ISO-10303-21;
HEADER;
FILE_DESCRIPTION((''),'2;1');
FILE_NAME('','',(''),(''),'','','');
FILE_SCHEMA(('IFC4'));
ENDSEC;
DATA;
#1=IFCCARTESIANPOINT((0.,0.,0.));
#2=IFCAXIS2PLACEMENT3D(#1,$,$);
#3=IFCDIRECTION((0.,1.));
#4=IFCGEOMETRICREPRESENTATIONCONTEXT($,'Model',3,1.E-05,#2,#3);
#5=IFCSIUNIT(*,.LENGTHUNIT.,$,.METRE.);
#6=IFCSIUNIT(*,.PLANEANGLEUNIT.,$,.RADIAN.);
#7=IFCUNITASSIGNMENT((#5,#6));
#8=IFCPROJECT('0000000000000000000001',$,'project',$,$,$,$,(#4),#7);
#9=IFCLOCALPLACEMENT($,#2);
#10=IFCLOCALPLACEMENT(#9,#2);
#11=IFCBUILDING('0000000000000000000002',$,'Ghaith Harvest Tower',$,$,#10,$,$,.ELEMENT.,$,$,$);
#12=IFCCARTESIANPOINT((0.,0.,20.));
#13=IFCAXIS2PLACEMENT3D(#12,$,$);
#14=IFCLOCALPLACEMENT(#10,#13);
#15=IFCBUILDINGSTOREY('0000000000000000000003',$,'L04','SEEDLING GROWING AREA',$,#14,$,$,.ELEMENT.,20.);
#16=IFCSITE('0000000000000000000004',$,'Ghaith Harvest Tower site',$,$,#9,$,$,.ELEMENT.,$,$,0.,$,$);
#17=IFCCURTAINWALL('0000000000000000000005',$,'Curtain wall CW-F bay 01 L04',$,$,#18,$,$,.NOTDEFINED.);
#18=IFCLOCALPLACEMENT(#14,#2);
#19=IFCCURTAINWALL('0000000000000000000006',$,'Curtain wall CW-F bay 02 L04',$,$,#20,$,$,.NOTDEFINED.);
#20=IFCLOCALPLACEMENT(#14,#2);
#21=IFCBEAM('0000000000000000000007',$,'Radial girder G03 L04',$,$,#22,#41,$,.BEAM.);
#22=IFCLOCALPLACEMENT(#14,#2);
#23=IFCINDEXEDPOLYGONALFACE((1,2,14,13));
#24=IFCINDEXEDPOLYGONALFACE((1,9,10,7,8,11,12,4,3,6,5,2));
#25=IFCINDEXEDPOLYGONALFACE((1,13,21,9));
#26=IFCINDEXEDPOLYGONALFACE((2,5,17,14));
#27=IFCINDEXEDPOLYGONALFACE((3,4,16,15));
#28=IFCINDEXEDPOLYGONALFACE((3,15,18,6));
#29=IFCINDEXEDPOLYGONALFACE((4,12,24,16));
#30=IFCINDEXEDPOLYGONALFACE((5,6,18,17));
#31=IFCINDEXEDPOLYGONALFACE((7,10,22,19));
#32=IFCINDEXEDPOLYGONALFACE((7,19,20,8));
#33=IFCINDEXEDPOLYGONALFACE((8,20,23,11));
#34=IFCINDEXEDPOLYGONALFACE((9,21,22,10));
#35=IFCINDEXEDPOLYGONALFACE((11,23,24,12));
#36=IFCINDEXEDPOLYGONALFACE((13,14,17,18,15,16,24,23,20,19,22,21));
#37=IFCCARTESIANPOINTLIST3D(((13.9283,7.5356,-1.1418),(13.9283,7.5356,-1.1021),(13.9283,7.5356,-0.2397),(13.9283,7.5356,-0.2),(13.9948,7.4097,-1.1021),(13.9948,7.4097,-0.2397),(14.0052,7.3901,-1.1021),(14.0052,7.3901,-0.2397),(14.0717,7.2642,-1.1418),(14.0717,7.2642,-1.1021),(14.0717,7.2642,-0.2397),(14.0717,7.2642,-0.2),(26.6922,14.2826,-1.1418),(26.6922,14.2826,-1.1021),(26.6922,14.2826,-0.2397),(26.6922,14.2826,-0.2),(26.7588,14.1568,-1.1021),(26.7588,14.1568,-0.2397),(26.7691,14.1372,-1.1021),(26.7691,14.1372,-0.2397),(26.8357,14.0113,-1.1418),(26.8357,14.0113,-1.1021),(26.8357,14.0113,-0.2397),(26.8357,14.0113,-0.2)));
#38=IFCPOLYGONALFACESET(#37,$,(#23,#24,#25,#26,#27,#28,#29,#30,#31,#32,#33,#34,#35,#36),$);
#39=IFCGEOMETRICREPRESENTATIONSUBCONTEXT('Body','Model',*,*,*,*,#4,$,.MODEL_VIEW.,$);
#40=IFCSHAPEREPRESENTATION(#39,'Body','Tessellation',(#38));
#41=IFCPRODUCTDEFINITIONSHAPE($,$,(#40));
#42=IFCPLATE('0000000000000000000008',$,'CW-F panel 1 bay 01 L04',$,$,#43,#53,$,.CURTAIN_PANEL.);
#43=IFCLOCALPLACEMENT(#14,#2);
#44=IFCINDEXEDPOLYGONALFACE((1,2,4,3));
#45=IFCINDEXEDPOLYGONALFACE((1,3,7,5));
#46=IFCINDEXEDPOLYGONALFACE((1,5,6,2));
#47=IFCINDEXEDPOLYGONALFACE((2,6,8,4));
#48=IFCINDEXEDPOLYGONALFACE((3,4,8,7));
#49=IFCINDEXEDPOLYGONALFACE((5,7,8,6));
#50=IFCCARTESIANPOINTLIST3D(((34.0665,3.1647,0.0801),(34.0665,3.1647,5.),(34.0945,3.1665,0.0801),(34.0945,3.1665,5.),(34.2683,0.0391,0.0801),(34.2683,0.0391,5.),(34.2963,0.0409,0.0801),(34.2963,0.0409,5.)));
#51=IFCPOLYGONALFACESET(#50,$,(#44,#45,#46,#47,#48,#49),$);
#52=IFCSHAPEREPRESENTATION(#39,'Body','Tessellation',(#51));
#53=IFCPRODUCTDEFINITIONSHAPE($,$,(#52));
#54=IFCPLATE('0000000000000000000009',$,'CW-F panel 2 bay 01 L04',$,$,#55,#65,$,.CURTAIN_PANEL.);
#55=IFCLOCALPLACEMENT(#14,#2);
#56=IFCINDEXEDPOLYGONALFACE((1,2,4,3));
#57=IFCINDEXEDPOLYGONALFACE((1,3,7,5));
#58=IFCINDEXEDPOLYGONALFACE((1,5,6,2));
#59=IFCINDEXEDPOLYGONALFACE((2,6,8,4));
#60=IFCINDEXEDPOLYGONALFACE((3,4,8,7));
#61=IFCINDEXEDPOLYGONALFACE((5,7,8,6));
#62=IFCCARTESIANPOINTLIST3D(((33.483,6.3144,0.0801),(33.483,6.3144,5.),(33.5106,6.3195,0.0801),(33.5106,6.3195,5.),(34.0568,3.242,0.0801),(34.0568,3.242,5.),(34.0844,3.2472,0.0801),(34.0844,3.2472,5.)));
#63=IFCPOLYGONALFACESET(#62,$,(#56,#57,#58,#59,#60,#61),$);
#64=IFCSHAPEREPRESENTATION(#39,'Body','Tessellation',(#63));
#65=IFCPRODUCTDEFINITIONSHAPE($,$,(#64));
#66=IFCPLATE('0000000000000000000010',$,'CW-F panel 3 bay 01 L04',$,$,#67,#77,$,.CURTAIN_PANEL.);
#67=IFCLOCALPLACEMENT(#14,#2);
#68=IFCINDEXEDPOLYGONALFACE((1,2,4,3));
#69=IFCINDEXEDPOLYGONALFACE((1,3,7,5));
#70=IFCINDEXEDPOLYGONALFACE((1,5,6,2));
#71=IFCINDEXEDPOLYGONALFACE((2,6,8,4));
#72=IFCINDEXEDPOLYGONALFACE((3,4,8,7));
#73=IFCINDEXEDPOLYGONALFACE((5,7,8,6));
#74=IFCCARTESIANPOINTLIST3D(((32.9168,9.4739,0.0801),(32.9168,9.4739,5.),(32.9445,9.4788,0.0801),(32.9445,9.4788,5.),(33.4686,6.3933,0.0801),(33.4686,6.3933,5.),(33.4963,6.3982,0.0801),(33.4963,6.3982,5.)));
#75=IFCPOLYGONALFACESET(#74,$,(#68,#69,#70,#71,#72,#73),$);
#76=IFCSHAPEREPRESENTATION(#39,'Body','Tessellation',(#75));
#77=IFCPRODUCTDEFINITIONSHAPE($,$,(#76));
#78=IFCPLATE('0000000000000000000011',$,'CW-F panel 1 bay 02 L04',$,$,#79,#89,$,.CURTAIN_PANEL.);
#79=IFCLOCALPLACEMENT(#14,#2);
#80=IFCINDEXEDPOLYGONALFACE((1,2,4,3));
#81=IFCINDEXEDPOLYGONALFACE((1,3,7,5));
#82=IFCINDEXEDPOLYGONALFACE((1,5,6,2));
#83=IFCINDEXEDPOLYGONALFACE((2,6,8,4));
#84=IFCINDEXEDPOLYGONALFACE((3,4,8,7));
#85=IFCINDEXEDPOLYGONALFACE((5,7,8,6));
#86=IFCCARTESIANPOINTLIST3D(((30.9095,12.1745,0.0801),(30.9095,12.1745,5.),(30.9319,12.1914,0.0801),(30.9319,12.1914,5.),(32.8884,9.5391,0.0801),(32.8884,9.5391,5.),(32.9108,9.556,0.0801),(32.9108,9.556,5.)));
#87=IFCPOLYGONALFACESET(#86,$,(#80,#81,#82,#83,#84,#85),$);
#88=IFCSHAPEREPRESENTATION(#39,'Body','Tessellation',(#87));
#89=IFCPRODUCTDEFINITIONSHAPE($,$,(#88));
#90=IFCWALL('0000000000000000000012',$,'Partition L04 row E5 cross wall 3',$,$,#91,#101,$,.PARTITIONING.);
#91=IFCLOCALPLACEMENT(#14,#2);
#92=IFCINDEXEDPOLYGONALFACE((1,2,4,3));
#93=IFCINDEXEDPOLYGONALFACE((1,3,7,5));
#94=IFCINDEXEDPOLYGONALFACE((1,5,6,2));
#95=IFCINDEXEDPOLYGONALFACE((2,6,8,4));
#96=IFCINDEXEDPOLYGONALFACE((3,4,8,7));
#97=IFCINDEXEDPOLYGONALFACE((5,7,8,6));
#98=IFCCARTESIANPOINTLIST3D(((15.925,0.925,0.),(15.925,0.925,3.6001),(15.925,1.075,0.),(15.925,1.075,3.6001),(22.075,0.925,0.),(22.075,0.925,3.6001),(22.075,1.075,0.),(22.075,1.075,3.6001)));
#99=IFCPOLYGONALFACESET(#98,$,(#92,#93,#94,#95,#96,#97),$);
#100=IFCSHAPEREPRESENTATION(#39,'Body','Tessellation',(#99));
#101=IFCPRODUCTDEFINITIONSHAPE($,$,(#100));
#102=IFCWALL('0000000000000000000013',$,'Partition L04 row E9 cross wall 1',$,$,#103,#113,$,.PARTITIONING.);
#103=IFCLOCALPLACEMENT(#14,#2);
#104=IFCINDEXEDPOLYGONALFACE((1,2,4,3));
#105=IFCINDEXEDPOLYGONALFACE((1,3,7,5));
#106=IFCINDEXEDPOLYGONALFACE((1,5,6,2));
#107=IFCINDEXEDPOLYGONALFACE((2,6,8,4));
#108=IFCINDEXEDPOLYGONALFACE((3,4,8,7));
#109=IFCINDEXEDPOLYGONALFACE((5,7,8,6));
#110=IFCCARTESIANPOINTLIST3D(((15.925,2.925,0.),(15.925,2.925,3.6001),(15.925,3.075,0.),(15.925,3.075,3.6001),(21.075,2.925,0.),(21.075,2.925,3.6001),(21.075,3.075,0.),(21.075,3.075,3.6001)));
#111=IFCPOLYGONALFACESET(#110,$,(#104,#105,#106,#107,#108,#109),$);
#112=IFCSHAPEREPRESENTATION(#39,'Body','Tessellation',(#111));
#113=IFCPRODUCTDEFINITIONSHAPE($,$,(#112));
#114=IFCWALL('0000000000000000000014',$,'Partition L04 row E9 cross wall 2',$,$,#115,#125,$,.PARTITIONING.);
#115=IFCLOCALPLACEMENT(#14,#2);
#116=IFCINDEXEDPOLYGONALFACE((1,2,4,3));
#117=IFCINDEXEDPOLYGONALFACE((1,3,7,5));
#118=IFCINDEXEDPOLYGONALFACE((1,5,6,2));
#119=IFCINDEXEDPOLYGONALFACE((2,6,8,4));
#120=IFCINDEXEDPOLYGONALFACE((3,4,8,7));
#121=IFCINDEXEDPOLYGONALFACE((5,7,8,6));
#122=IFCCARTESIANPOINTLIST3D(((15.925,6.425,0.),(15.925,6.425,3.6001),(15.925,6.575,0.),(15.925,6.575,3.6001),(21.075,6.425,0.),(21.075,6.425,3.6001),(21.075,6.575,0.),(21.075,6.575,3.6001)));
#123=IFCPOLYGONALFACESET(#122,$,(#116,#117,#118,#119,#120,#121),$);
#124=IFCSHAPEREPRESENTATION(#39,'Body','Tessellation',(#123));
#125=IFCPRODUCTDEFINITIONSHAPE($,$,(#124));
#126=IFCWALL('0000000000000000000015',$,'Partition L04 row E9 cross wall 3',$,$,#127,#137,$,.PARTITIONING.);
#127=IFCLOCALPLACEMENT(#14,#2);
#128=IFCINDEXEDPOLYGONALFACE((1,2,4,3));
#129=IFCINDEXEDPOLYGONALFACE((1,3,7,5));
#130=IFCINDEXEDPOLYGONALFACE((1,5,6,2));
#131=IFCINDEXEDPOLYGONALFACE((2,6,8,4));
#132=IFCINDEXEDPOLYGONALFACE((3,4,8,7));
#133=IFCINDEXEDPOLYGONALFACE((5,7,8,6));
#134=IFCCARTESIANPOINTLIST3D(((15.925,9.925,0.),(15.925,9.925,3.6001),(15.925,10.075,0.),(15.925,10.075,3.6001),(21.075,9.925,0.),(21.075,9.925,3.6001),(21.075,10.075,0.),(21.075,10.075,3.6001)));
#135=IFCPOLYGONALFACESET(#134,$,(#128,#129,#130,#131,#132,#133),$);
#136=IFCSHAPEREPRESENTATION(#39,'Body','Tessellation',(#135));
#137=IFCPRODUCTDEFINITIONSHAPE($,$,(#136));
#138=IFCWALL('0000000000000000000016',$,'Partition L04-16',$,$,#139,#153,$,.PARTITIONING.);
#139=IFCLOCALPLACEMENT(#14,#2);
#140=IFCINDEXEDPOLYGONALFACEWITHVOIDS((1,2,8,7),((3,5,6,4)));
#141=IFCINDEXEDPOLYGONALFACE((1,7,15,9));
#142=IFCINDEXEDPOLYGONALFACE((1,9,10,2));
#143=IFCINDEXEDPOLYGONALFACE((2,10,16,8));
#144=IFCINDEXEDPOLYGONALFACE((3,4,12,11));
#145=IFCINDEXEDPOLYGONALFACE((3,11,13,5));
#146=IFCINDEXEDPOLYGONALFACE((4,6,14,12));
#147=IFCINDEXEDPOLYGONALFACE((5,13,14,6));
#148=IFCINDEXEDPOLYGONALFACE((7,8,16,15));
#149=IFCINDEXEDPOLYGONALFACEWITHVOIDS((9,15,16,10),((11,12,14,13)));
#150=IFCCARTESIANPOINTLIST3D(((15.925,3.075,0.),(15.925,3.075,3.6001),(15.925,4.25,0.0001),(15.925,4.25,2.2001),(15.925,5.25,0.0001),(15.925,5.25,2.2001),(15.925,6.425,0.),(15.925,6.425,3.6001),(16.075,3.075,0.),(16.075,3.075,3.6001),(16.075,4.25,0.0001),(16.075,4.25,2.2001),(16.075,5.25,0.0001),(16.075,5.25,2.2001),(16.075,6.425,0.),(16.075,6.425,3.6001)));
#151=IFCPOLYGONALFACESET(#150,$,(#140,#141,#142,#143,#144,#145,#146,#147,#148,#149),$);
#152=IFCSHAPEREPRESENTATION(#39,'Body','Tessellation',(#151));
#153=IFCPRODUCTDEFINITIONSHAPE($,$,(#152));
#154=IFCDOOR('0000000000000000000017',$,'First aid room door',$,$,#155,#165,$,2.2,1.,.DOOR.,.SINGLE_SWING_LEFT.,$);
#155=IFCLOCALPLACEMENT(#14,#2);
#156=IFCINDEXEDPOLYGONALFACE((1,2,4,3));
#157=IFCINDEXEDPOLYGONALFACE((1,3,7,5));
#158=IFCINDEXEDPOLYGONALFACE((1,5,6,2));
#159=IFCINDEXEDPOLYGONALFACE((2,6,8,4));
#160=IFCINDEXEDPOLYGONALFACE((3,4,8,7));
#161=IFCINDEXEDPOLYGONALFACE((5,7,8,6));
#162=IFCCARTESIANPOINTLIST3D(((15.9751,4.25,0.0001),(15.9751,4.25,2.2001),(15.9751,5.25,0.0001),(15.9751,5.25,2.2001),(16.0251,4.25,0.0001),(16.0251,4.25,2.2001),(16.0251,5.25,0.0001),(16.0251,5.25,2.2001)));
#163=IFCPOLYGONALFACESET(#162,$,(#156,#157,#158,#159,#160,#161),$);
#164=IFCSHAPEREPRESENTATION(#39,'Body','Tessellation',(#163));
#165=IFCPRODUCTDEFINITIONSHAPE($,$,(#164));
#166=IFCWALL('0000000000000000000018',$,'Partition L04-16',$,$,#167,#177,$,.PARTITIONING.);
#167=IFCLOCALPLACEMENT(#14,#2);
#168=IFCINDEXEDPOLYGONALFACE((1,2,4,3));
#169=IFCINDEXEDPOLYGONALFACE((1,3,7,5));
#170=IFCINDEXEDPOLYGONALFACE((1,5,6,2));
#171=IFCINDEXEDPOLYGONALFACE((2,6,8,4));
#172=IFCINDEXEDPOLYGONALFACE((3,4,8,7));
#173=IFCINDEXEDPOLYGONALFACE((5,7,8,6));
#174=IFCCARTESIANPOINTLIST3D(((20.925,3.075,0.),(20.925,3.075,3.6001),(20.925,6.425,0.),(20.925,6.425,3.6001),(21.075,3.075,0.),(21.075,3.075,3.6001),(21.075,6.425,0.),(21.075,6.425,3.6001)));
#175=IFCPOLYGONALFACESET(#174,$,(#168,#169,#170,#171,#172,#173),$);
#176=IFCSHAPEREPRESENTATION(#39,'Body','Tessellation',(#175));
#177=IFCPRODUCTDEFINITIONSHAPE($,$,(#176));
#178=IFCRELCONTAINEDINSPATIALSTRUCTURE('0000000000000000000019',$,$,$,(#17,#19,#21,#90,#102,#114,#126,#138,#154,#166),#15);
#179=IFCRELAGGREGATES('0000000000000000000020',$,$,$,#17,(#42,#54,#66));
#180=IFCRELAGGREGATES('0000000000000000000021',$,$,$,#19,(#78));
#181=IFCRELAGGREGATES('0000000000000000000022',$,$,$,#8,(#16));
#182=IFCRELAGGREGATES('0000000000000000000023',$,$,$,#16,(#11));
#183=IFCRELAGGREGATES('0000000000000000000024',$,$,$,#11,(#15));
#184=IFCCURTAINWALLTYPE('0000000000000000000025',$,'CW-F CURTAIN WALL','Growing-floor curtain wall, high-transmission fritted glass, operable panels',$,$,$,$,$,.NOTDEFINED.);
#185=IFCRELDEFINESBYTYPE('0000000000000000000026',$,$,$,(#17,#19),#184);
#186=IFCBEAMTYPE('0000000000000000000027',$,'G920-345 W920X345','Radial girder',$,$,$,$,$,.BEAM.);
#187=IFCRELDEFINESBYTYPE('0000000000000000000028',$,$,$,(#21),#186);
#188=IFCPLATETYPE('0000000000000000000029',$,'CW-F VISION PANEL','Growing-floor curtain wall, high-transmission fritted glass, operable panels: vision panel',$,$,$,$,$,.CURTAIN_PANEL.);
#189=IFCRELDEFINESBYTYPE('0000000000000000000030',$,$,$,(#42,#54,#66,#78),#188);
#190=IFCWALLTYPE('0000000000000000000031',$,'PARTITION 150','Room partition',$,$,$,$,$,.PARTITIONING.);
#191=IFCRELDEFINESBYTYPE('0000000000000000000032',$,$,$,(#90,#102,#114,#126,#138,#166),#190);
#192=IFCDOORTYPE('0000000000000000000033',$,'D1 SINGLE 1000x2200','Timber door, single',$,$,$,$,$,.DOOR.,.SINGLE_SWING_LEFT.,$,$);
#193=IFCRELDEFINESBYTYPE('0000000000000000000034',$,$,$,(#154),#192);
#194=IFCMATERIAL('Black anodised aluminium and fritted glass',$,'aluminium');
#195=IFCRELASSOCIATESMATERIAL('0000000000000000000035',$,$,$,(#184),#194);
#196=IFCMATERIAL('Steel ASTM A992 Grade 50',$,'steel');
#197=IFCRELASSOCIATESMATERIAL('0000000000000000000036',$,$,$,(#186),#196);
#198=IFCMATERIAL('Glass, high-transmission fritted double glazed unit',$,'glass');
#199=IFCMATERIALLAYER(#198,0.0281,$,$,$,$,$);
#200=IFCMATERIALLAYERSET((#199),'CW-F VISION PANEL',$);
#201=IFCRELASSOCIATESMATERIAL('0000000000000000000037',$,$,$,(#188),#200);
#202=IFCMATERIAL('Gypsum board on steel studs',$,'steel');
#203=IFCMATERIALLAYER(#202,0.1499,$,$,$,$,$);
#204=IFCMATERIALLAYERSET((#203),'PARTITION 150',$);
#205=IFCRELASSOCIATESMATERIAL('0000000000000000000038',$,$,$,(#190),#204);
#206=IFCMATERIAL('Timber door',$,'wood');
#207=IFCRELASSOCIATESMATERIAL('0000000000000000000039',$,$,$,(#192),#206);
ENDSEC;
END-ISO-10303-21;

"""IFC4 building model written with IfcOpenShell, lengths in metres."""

from ifc_helpers import new_model, si_unit, direction, frame, frame_2d, origin, origin_2d, place, context, subcontext, project, spatial, rectangle, i_section, extrude, material, layer, layer_set, material_profile, profile_set, type_object, element, fill, aggregate, save


model = new_model("IFC4")

# Units and contexts
model_context = context("Model", 3, precision=1e-05, world=origin(), true_north=direction((0.0, 1.0)))
body_context = subcontext(model_context, "Body", "Model", "MODEL_VIEW")
ifc_project = project(units=[si_unit("LENGTHUNIT", "METRE"), si_unit("PLANEANGLEUNIT", "RADIAN")], contexts=[model_context])

# Site, building, storey
site_placement = place(None, origin())
site = spatial("IfcSite", under=ifc_project, at=site_placement, Name="Ghaith Harvest Tower site", CompositionType="ELEMENT", RefElevation=0.0)
building_placement = place(site_placement, origin())
building = spatial("IfcBuilding", under=site, at=building_placement, Name="Ghaith Harvest Tower", CompositionType="ELEMENT")
storey_placement = place(building_placement, frame((0.0, 0.0, 20.0)))
storey = spatial("IfcBuildingStorey", under=building, at=storey_placement, Name="L04", Description="SEEDLING GROWING AREA", CompositionType="ELEMENT", Elevation=20.0)

# Curtain wall
ifc_material_1 = material(Name="Black anodised aluminium and fritted glass", Category="aluminium")
curtain_wall_type = type_object("IfcCurtainWallType", Name="CW-F CURTAIN WALL", Description="Growing-floor curtain wall, high-transmission fritted glass, operable panels", PredefinedType="NOTDEFINED", material=ifc_material_1)
curtain_wall_1_placement = place(storey_placement, origin())
curtain_wall_1 = element("IfcCurtainWall", 1, at=curtain_wall_1_placement, inside=storey, type_object=curtain_wall_type, Name="Curtain wall CW-F bay 01 L04", PredefinedType="NOTDEFINED")

# Curtain wall
curtain_wall_2_placement = place(storey_placement, origin())
curtain_wall_2 = element("IfcCurtainWall", 2, at=curtain_wall_2_placement, inside=storey, type_object=curtain_wall_type, Name="Curtain wall CW-F bay 02 L04", PredefinedType="NOTDEFINED")

# Beam
ifc_material_2 = material(Name="Steel ASTM A992 Grade 50", Category="steel")
ifc_material_profile_1 = material_profile(ifc_material_2, i_section(OverallWidth=0.3069, OverallDepth=0.9419, WebThickness=0.0222, FlangeThickness=0.0398, at=origin_2d()), Name="W920X345")
ifc_profile_set_1 = profile_set([ifc_material_profile_1], Name="Steel ASTM A992 Grade 50")
beam_type_1 = type_object("IfcBeamType", Name="G920-345 W920X345", Description="Radial girder", PredefinedType="BEAM", material=ifc_profile_set_1)
beam_1_placement = place(storey_placement, frame((14.0, 7.3999, -0.6709), z_axis=(0.884083, 0.467331, 0.0), x_axis=(-0.467331, 0.884083, 0.0)))
element("IfcBeam", 3, at=beam_1_placement, inside=storey, type_object=beam_type_1, Name="Radial girder G03 L04", PredefinedType="BEAM", context=body_context, shape_type="SweptSolid", body=[
    extrude(i_section(OverallWidth=0.3069, OverallDepth=0.9419, WebThickness=0.0222, FlangeThickness=0.0398, at=origin_2d()), origin(), (0.0, 0.0, 1.0), 14.4375),
])

# Plates
ifc_material_3 = material(Name="Glass, high-transmission fritted double glazed unit", Category="glass")
ifc_layer_1 = layer(ifc_material_3, 0.0281)
ifc_layer_set_1 = layer_set([ifc_layer_1], Name="CW-F VISION PANEL")
plate_type = type_object("IfcPlateType", Name="CW-F VISION PANEL", Description="Growing-floor curtain wall, high-transmission fritted glass, operable panels: vision panel", PredefinedType="CURTAIN_PANEL", material=ifc_layer_set_1)
plate_1_placement = place(storey_placement, frame((34.1814, 1.6028, 0.0801), z_axis=(0.0, 0.0, 1.0), x_axis=(-0.064446, 0.997921, 0.0)))
plate_1 = element("IfcPlate", 4, at=plate_1_placement, type_object=plate_type, Name="CW-F panel 1 bay 01 L04", PredefinedType="CURTAIN_PANEL", context=body_context, shape_type="SweptSolid", body=[
    extrude(rectangle(XDim=3.1321, YDim=0.0281, at=origin_2d()), origin(), (0.0, 0.0, 1.0), 4.9199),
])
plate_2_placement = place(storey_placement, frame((33.7837, 4.7808, 0.0801), z_axis=(0.0, 0.0, 1.0), x_axis=(-0.183569, 0.983007, 0.0)))
plate_2 = element("IfcPlate", 5, at=plate_2_placement, type_object=plate_type, Name="CW-F panel 2 bay 01 L04", PredefinedType="CURTAIN_PANEL", context=body_context, shape_type="SweptSolid", body=[
    extrude(rectangle(XDim=3.1255, YDim=0.0281, at=origin_2d()), origin(), (0.0, 0.0, 1.0), 4.9199),
])
plate_3_placement = place(storey_placement, frame((33.2065, 7.936, 0.0801), z_axis=(0.0, 0.0, 1.0), x_axis=(-0.17632, 0.984333, 0.0)))
plate_3 = element("IfcPlate", 6, at=plate_3_placement, type_object=plate_type, Name="CW-F panel 3 bay 01 L04", PredefinedType="CURTAIN_PANEL", context=body_context, shape_type="SweptSolid", body=[
    extrude(rectangle(XDim=3.1296, YDim=0.0281, at=origin_2d()), origin(), (0.0, 0.0, 1.0), 4.9199),
])
aggregate(curtain_wall_1, [plate_1, plate_2, plate_3])
plate_4_placement = place(storey_placement, frame((31.9102, 10.8652, 0.0801), z_axis=(0.0, 0.0, 1.0), x_axis=(-0.600454, 0.799659, 0.0)))
plate_4 = element("IfcPlate", 7, at=plate_4_placement, type_object=plate_type, Name="CW-F panel 1 bay 02 L04", PredefinedType="CURTAIN_PANEL", context=body_context, shape_type="SweptSolid", body=[
    extrude(rectangle(XDim=3.2957, YDim=0.0281, at=origin_2d()), origin(), (0.0, 0.0, 1.0), 4.9199),
])
aggregate(curtain_wall_2, [plate_4])

# Walls
ifc_material_4 = material(Name="Gypsum board on steel studs", Category="steel")
ifc_layer_2 = layer(ifc_material_4, 0.1499)
ifc_layer_set_2 = layer_set([ifc_layer_2], Name="PARTITION 150")
wall_type_1 = type_object("IfcWallType", Name="PARTITION 150", Description="Room partition", PredefinedType="PARTITIONING", material=ifc_layer_set_2)
wall_1_placement = place(storey_placement, frame((15.925, 1.0, 0.0), z_axis=(0.0, 0.0, 1.0), x_axis=(1.0, 0.0, 0.0)))
element("IfcWall", 8, at=wall_1_placement, inside=storey, type_object=wall_type_1, Name="Partition L04 row E5 cross wall 3", PredefinedType="PARTITIONING", context=body_context, shape_type="SweptSolid", body=[
    extrude(rectangle(XDim=6.1499, YDim=0.1499, at=frame_2d((3.075, 0.0))), origin(), (0.0, 0.0, 1.0), 3.6001),
])
for number, where, z_axis, x_axis, name in (
    (9, (15.925, 3.0, 0.0), (0.0, 0.0, 1.0), (1.0, 0.0, 0.0), "Partition L04 row E9 cross wall 1"),
    (10, (15.925, 6.5, 0.0), (0.0, 0.0, 1.0), (1.0, 0.0, 0.0), "Partition L04 row E9 cross wall 2"),
    (11, (15.925, 10.0, 0.0), (0.0, 0.0, 1.0), (1.0, 0.0, 0.0), "Partition L04 row E9 cross wall 3"),
):
    element("IfcWall", number, at=place(storey_placement, frame(where, z_axis=z_axis, x_axis=x_axis)), inside=storey, type_object=wall_type_1, Name=name, PredefinedType="PARTITIONING", context=body_context, shape_type="SweptSolid", body=[
        extrude(rectangle(XDim=5.1499, YDim=0.1499, at=frame_2d((2.575, 0.0))), origin(), (0.0, 0.0, 1.0), 3.6001),
    ])

# Wall, opening, door
wall_2_placement = place(storey_placement, frame((16.0, 3.075, 0.0), z_axis=(0.0, 0.0, 1.0), x_axis=(0.0, 1.0, 0.0)))
wall_2 = element("IfcWall", 12, at=wall_2_placement, inside=storey, type_object=wall_type_1, Name="Partition L04-16", PredefinedType="PARTITIONING", context=body_context, shape_type="SweptSolid", body=[
    extrude(rectangle(XDim=3.3501, YDim=0.1499, at=frame_2d((1.675, 0.0))), origin(), (0.0, 0.0, 1.0), 3.6001),
])
opening_1_placement = place(wall_2_placement, frame((1.175, 0.0, 0.0)))
opening_1 = element("IfcOpeningElement", 13, at=opening_1_placement, cuts=wall_2, PredefinedType="OPENING", context=body_context, shape_type="SweptSolid", body=[
    extrude(rectangle(XDim=1.0, YDim=2.2, at=frame_2d((0.5, 1.1001))), frame((0.0, 0.085, 0.0), z_axis=(0.0, -1.0, 0.0), x_axis=(1.0, 0.0, 0.0)), (0.0, 0.0, 1.0), 0.1699),
])
ifc_material_5 = material(Name="Timber door", Category="wood")
door_type_1 = type_object("IfcDoorType", Name="D1 SINGLE 1000x2200", Description="Timber door, single", OperationType="SINGLE_SWING_LEFT", PredefinedType="DOOR", material=ifc_material_5)
door_1_placement = place(opening_1_placement, origin())
door_1 = element("IfcDoor", 14, at=door_1_placement, inside=storey, type_object=door_type_1, Name="First aid room door", OperationType="SINGLE_SWING_LEFT", OverallHeight=2.2, OverallWidth=1.0, PredefinedType="DOOR", context=body_context, shape_type="SweptSolid", body=[
    extrude(rectangle(XDim=1.0, YDim=2.2, at=frame_2d((0.5, 1.1001))), frame((0.0, 0.0249, 0.0), z_axis=(0.0, -1.0, 0.0), x_axis=(1.0, 0.0, 0.0)), (0.0, 0.0, 1.0), 0.05),
])
fill(opening_1, door_1)

# Wall
wall_3_placement = place(storey_placement, frame((21.0, 3.075, 0.0), z_axis=(0.0, 0.0, 1.0), x_axis=(0.0, 1.0, 0.0)))
element("IfcWall", 15, at=wall_3_placement, inside=storey, type_object=wall_type_1, Name="Partition L04-16", PredefinedType="PARTITIONING", context=body_context, shape_type="SweptSolid", body=[
    extrude(rectangle(XDim=3.3501, YDim=0.1499, at=frame_2d((1.675, 0.0))), origin(), (0.0, 0.0, 1.0), 3.6001),
])

save(model, "model.ifc")
